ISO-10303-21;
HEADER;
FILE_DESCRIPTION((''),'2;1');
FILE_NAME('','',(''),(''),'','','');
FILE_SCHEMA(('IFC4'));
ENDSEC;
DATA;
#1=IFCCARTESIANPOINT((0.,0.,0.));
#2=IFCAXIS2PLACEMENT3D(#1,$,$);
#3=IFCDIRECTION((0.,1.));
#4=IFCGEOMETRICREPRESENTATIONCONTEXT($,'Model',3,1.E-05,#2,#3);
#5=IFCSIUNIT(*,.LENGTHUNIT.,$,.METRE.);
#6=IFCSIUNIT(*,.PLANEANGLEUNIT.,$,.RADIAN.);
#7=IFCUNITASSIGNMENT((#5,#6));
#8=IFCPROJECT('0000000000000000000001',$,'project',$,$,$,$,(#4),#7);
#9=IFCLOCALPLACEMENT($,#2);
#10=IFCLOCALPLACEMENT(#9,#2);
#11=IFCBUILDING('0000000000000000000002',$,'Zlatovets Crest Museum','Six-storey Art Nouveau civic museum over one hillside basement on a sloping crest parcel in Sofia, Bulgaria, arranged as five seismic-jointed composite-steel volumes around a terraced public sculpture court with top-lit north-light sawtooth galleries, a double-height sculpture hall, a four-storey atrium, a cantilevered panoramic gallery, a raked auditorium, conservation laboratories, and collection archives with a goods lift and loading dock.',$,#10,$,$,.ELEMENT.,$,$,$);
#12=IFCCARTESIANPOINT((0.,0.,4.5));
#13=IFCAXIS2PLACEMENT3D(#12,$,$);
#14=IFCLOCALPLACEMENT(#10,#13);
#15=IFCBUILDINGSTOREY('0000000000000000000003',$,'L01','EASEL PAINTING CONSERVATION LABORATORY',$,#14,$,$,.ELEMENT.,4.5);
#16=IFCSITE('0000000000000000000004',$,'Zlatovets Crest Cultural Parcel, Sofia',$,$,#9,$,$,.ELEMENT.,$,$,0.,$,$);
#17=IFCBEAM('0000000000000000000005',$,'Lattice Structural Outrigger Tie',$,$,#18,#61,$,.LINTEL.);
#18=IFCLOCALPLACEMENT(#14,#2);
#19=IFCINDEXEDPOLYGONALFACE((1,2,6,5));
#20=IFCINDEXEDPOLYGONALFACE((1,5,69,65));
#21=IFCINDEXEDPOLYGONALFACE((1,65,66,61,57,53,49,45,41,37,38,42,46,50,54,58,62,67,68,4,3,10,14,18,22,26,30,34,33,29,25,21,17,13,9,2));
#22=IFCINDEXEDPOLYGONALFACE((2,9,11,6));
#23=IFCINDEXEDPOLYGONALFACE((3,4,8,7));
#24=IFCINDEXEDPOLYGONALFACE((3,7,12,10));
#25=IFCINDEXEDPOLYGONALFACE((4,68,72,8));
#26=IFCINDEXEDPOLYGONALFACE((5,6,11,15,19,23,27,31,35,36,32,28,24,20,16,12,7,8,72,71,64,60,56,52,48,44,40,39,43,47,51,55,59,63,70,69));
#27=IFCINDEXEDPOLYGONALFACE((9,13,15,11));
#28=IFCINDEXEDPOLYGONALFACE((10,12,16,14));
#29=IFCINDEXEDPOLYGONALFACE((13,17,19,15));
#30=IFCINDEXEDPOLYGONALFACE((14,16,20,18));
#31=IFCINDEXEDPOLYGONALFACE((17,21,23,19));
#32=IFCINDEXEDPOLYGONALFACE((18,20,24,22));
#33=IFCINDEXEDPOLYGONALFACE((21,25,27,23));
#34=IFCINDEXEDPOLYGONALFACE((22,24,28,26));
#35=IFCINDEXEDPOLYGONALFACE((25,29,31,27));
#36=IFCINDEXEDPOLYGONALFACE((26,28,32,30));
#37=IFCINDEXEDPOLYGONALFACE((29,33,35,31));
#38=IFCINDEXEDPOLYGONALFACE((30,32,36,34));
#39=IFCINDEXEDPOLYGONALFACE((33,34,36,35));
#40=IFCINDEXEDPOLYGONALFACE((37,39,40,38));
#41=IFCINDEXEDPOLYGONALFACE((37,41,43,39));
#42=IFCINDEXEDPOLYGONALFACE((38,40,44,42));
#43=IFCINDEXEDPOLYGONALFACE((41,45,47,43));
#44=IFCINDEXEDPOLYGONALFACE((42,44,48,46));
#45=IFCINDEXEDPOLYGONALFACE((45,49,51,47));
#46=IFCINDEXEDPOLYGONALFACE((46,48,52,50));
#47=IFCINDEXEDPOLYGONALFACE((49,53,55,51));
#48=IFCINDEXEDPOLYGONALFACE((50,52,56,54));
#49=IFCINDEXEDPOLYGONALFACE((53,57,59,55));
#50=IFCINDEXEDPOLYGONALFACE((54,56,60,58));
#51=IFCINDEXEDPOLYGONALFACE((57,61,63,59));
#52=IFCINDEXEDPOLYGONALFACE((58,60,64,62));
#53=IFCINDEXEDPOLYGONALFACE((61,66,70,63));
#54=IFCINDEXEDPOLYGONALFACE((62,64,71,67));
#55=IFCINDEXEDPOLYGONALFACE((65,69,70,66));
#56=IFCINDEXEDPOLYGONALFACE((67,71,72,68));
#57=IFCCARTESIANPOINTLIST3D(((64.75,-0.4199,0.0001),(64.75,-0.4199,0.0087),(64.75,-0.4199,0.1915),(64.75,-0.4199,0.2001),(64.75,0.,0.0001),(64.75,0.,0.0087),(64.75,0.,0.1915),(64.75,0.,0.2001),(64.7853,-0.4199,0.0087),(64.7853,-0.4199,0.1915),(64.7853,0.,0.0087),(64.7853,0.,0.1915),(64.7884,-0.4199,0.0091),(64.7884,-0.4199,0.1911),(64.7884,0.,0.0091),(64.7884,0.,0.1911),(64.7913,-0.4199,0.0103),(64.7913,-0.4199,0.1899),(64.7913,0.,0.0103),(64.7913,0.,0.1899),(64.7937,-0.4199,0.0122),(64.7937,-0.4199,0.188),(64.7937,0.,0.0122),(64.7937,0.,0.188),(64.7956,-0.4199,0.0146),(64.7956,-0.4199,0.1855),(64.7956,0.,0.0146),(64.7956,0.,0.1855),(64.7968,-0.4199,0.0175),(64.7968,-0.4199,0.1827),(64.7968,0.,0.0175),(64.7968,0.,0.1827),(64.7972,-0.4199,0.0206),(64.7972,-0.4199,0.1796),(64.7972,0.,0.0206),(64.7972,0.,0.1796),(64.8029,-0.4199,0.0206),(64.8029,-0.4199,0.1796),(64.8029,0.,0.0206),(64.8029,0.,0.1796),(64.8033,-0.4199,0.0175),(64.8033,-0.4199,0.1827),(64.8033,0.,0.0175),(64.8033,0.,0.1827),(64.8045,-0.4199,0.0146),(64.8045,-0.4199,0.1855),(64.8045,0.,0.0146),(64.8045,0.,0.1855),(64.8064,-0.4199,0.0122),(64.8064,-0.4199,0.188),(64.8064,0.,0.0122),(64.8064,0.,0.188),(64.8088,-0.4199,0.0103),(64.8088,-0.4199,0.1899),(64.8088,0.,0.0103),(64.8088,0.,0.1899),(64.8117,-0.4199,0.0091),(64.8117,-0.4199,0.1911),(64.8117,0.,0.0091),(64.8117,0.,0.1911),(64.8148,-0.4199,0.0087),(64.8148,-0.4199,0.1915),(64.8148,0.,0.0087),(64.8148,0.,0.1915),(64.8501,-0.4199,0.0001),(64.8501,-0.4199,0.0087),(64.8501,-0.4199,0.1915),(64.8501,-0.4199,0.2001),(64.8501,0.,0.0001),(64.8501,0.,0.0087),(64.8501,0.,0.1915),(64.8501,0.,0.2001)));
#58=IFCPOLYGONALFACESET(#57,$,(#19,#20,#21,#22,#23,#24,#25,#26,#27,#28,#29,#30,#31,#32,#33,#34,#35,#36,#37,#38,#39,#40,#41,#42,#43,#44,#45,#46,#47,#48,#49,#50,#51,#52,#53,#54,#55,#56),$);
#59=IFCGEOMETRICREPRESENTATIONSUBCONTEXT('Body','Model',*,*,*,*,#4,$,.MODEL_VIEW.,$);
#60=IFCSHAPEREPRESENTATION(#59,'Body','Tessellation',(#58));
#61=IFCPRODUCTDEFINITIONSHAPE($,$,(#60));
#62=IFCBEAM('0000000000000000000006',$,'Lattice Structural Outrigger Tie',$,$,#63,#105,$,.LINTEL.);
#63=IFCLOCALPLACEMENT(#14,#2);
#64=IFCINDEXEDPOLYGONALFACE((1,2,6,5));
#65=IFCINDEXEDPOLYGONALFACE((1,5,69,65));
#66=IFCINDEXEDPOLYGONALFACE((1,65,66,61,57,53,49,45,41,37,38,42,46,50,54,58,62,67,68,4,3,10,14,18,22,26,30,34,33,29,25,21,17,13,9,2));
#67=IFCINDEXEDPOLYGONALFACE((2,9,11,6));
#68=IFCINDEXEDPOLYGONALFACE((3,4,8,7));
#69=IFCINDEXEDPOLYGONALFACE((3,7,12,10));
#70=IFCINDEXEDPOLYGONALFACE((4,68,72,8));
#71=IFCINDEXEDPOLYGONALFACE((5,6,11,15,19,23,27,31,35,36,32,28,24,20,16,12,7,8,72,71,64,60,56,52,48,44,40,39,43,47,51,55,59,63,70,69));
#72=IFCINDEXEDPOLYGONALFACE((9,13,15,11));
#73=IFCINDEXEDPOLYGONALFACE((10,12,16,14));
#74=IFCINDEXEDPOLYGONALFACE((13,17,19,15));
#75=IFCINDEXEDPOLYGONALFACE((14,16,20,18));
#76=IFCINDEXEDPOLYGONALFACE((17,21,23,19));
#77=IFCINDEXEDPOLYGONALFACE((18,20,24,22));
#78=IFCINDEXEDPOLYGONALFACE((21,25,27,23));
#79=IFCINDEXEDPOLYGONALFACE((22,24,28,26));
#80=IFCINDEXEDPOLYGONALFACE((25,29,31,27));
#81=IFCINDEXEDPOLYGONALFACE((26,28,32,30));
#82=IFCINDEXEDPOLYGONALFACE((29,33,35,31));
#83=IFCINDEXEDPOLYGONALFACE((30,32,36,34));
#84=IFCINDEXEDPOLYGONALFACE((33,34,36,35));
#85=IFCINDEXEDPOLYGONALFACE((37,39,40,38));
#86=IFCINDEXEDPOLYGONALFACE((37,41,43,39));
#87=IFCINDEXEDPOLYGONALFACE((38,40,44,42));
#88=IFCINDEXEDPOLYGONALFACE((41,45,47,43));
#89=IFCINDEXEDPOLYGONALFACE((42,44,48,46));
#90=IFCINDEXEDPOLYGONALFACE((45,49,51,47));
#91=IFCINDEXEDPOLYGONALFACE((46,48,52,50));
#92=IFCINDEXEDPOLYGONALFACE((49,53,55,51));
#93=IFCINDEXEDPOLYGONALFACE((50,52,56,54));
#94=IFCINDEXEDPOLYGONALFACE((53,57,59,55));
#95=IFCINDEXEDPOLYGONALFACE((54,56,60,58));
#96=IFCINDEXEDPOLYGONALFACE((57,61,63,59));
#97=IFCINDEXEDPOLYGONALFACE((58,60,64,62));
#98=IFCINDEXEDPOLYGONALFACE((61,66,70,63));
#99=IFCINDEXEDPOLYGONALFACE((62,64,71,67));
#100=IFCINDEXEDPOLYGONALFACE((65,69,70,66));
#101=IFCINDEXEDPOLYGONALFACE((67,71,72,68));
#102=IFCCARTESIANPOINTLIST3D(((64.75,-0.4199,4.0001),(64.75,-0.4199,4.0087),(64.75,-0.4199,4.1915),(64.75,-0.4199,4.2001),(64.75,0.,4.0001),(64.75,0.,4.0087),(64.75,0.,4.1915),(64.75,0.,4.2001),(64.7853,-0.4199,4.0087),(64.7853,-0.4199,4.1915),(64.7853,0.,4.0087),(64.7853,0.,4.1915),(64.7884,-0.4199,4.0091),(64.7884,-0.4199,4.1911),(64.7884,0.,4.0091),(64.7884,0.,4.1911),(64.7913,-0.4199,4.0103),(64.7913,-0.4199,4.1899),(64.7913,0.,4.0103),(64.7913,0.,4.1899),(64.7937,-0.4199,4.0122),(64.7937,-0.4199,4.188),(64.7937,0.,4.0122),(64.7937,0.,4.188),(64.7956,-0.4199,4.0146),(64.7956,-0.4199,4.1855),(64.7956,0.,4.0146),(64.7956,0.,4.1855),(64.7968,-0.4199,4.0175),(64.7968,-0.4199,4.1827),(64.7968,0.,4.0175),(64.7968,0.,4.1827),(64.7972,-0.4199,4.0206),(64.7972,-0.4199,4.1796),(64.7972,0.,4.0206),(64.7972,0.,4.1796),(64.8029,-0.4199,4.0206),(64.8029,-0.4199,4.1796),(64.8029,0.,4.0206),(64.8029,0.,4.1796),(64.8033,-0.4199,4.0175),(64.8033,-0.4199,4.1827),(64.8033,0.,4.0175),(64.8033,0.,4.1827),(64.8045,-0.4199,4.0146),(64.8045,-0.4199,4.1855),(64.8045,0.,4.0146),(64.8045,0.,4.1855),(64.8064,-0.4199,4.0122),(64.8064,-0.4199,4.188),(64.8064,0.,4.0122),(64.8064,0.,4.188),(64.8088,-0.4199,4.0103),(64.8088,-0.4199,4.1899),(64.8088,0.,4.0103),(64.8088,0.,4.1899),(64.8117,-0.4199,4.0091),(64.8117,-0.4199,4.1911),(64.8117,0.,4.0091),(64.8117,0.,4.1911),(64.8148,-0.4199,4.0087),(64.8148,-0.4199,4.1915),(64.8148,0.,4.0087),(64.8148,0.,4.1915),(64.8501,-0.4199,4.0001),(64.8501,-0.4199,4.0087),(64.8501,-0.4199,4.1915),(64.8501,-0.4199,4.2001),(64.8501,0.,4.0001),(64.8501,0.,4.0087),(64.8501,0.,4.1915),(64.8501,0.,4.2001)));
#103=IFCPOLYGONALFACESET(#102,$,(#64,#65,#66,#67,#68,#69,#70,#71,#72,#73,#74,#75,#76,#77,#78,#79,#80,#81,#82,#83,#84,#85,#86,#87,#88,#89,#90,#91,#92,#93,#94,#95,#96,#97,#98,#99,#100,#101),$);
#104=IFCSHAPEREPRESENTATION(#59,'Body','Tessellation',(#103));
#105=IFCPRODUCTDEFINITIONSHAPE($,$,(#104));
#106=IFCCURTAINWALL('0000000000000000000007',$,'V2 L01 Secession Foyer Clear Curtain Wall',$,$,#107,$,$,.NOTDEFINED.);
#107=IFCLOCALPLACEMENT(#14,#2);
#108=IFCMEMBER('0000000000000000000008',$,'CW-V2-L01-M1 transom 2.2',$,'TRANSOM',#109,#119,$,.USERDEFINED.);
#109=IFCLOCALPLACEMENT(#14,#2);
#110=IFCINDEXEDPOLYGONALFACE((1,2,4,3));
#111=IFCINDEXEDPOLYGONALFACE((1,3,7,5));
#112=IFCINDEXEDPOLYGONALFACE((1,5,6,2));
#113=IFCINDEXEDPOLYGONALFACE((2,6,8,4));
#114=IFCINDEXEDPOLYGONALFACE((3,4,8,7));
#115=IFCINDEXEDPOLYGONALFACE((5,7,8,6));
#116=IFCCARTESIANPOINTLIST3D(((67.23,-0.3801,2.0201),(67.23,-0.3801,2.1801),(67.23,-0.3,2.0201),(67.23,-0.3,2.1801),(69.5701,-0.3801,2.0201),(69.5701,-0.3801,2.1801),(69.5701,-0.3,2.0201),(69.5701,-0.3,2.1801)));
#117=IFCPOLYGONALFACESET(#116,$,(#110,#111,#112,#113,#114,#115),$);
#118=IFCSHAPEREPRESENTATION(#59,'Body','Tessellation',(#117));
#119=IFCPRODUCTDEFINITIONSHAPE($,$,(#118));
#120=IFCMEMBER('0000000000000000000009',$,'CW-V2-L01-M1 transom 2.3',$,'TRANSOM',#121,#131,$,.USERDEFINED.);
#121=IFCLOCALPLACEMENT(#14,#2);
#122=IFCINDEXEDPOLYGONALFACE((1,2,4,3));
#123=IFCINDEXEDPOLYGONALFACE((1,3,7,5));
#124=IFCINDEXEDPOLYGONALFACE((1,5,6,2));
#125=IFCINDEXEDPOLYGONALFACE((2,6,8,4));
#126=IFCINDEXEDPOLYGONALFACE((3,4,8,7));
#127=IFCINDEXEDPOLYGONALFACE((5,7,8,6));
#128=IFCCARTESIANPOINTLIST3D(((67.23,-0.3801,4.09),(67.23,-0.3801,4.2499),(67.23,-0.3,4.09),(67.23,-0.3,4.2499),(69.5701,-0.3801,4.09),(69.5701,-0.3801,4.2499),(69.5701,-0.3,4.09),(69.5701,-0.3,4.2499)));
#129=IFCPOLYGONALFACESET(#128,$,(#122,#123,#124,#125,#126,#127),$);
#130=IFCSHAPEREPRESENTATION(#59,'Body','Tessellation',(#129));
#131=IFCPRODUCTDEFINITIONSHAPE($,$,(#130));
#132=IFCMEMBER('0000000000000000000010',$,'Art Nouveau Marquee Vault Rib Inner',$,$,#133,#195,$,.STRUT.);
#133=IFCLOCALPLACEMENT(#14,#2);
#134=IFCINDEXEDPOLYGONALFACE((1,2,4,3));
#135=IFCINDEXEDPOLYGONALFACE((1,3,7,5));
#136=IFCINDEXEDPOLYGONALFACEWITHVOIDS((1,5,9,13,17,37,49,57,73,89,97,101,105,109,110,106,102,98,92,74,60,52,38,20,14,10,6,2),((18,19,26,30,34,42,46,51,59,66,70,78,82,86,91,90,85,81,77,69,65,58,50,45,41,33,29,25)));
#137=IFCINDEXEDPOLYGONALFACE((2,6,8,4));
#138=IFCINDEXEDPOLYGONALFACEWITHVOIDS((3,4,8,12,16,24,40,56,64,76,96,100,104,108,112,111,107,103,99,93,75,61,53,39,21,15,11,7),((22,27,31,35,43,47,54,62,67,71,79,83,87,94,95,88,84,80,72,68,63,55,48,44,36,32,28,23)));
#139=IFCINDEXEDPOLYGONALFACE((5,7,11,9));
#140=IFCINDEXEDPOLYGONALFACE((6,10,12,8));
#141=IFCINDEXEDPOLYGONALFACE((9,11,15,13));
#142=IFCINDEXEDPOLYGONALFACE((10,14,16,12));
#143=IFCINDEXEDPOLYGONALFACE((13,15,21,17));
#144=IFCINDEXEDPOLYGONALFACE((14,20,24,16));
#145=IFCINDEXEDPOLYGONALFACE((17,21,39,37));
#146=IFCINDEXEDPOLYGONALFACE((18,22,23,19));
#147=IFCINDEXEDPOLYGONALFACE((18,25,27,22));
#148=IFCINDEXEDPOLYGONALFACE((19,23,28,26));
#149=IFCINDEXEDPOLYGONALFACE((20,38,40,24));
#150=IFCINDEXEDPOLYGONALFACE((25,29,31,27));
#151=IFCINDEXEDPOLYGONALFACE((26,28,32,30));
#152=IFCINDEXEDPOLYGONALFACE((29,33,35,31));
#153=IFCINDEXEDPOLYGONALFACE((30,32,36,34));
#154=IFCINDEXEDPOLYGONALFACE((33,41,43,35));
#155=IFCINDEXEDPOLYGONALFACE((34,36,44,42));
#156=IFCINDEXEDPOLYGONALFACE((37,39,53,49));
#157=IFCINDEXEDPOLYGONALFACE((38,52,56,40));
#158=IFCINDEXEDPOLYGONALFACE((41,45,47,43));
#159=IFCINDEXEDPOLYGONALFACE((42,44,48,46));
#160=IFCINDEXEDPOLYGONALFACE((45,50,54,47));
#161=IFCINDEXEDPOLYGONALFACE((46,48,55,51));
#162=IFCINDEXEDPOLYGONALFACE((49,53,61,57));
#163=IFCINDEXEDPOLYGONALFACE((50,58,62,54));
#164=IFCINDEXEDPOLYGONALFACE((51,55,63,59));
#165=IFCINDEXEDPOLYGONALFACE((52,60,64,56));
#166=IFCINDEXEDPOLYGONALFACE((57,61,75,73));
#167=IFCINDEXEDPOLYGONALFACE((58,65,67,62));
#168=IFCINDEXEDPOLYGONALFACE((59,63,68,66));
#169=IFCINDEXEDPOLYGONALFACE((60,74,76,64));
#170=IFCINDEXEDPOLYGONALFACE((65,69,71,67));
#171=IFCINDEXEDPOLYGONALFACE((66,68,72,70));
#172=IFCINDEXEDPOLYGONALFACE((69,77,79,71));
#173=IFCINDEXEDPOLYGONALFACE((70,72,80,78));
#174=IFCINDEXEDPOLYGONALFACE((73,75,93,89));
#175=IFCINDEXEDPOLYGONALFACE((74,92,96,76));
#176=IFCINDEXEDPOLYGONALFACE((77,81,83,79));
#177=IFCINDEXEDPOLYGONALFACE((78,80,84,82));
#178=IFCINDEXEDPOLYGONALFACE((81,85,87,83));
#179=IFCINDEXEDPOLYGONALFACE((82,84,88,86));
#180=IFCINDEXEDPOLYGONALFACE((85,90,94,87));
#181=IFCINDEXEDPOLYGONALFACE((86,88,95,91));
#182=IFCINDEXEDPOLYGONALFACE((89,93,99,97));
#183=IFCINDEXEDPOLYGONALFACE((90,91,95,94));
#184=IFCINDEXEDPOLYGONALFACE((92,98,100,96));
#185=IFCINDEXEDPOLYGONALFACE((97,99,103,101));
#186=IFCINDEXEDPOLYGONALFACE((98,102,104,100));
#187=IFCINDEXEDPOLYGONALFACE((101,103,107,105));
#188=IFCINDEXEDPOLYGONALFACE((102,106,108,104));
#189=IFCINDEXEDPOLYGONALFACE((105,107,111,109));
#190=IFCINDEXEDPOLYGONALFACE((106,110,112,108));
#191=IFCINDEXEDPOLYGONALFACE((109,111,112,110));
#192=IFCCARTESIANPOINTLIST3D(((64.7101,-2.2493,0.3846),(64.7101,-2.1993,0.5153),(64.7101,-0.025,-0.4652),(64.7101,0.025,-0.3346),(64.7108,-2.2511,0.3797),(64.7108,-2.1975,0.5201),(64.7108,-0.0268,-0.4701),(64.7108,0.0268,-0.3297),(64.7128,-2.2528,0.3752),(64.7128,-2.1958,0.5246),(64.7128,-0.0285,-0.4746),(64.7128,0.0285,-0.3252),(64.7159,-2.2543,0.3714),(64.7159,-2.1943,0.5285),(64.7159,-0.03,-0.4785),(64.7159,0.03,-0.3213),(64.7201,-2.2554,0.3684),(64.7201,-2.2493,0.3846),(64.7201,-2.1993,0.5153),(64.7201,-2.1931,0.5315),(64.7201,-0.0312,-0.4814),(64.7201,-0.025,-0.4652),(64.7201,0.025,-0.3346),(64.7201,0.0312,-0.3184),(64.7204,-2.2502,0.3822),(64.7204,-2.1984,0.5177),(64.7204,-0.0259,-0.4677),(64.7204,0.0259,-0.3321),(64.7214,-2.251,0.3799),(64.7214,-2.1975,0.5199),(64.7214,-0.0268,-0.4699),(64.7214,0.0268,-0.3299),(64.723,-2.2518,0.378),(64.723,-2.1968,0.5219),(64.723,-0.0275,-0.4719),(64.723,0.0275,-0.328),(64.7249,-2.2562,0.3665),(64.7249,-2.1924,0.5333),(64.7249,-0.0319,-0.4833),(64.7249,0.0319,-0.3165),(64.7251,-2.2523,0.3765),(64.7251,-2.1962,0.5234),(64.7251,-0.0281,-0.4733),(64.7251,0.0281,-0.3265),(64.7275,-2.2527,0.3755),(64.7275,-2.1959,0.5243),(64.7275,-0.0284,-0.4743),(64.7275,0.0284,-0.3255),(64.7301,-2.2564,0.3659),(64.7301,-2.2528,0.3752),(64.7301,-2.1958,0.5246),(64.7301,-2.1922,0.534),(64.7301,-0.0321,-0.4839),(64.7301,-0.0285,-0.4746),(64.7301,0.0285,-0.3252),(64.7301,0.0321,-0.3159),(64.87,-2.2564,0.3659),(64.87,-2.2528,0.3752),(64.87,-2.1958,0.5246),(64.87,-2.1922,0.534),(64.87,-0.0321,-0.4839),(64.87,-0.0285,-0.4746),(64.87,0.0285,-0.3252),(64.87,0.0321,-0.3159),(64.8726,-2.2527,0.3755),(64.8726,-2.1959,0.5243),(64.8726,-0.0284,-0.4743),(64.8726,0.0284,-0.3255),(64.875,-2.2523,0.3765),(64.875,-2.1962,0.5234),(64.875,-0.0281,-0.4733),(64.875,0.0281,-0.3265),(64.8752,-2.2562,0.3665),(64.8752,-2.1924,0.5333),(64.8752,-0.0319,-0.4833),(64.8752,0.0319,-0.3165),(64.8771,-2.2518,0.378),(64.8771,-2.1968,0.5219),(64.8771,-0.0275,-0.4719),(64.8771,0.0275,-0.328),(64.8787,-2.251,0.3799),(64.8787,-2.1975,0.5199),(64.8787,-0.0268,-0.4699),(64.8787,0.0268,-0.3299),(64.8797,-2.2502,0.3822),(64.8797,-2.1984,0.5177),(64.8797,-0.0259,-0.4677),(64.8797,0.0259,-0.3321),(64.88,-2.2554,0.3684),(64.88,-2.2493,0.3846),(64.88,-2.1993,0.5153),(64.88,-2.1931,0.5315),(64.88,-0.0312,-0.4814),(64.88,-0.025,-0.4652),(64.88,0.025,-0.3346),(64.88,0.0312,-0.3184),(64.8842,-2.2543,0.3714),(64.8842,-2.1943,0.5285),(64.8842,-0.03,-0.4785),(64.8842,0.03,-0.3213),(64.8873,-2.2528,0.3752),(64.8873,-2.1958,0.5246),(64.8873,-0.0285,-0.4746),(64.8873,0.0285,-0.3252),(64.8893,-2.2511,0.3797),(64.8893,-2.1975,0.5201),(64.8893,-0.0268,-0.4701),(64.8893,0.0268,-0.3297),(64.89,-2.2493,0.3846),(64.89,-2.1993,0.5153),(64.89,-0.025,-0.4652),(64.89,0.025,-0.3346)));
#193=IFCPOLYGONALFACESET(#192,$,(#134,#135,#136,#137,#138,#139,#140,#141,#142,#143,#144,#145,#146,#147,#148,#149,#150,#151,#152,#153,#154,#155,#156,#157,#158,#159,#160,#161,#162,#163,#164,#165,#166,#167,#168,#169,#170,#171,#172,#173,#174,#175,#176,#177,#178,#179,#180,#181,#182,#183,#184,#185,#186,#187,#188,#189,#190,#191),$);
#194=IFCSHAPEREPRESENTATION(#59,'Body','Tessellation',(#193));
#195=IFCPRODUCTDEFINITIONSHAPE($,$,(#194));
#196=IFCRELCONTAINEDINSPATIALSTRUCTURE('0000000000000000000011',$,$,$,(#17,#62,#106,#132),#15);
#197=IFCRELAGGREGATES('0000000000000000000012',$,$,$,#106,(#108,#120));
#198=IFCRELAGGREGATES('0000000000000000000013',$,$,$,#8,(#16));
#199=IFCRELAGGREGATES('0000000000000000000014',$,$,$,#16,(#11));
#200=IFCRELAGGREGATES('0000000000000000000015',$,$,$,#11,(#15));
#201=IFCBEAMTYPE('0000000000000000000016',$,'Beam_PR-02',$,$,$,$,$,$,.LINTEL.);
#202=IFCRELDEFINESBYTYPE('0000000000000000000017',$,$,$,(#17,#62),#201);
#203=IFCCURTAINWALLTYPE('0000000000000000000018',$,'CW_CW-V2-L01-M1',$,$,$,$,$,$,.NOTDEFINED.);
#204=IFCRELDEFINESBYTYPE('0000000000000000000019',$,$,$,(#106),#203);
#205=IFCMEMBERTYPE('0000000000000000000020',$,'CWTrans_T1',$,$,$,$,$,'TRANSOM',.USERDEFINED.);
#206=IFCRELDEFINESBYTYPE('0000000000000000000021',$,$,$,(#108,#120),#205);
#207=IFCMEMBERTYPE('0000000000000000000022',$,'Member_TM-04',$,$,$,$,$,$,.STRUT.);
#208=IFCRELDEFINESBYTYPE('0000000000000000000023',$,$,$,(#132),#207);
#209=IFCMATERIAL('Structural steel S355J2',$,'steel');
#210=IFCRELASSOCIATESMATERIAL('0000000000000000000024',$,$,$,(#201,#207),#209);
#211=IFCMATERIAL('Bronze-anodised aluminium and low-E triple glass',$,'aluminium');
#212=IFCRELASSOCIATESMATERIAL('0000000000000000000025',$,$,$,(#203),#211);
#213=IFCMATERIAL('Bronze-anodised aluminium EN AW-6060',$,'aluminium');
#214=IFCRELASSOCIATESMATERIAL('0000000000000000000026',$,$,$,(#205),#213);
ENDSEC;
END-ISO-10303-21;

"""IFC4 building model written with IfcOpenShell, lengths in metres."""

from ifc_helpers import new_model, si_unit, direction, frame, origin, origin_2d, place, context, subcontext, project, spatial, rectangle, hollow_rectangle, i_section, extrude, material, material_profile, profile_set, type_object, element, aggregate, save


model = new_model("IFC4")

# Units and contexts
model_context = context("Model", 3, precision=1e-05, world=origin(), true_north=direction((0.0, 1.0)))
body_context = subcontext(model_context, "Body", "Model", "MODEL_VIEW")
ifc_project = project(units=[si_unit("LENGTHUNIT", "METRE"), si_unit("PLANEANGLEUNIT", "RADIAN")], contexts=[model_context])

# Site, building, storey
site_placement = place(None, origin())
site = spatial("IfcSite", under=ifc_project, at=site_placement, Name="Zlatovets Crest Cultural Parcel, Sofia", CompositionType="ELEMENT", RefElevation=0.0)
building_placement = place(site_placement, origin())
building = spatial("IfcBuilding", under=site, at=building_placement, Name="Zlatovets Crest Museum", Description="Six-storey Art Nouveau civic museum over one hillside basement on a sloping crest parcel in Sofia, Bulgaria, arranged as five seismic-jointed composite-steel volumes around a terraced public sculpture court with top-lit north-light sawtooth galleries, a double-height sculpture hall, a four-storey atrium, a cantilevered panoramic gallery, a raked auditorium, conservation laboratories, and collection archives with a goods lift and loading dock.", CompositionType="ELEMENT")
storey_placement = place(building_placement, frame((0.0, 0.0, 4.5)))
storey = spatial("IfcBuildingStorey", under=building, at=storey_placement, Name="L01", Description="EASEL PAINTING CONSERVATION LABORATORY", CompositionType="ELEMENT", Elevation=4.5)

# Shared definitions
ifc_material_1 = material(Name="Structural steel S355J2", Category="steel")

# Beams
ifc_material_profile_1 = material_profile(ifc_material_1, i_section(OverallWidth=0.1001, OverallDepth=0.2, WebThickness=0.0056, FlangeThickness=0.0085, FilletRadius=0.012, at=origin_2d()), Name="IPE 200")
ifc_profile_set_1 = profile_set([ifc_material_profile_1], Name="Structural steel S355J2")
beam_type_1 = type_object("IfcBeamType", Name="Beam_PR-02", PredefinedType="LINTEL", material=ifc_profile_set_1)
for number, where, z_axis, x_axis, name in (
    (1, (64.8, 0.0, 0.1001), (0.0, -1.0, 0.0), (1.0, 0.0, 0.0), "Lattice Structural Outrigger Tie"),
    (2, (64.8, 0.0, 4.1001), (0.0, -1.0, 0.0), (1.0, 0.0, 0.0), "Lattice Structural Outrigger Tie"),
):
    element("IfcBeam", number, at=place(storey_placement, frame(where, z_axis=z_axis, x_axis=x_axis)), inside=storey, type_object=beam_type_1, Name=name, PredefinedType="LINTEL", context=body_context, shape_type="SweptSolid", body=[
        extrude(i_section(OverallWidth=0.1001, OverallDepth=0.2, WebThickness=0.0056, FlangeThickness=0.0085, FilletRadius=0.012, at=origin_2d()), origin(), (0.0, 0.0, 1.0), 0.4199),
    ])

# Curtain wall, members
ifc_material_2 = material(Name="Bronze-anodised aluminium and low-E triple glass", Category="aluminium")
curtain_wall_type = type_object("IfcCurtainWallType", Name="CW_CW-V2-L01-M1", PredefinedType="NOTDEFINED", material=ifc_material_2)
curtain_wall_placement = place(storey_placement, origin())
curtain_wall = element("IfcCurtainWall", 3, at=curtain_wall_placement, inside=storey, type_object=curtain_wall_type, Name="V2 L01 Secession Foyer Clear Curtain Wall", PredefinedType="NOTDEFINED")
ifc_material_3 = material(Name="Bronze-anodised aluminium EN AW-6060", Category="aluminium")
ifc_material_profile_2 = material_profile(ifc_material_3, rectangle(XDim=0.0801, YDim=0.1599, at=origin_2d()), Name="ALU 80x160")
ifc_profile_set_2 = profile_set([ifc_material_profile_2], Name="Bronze-anodised aluminium EN AW-6060")
member_type_1 = type_object("IfcMemberType", Name="CWTrans_T1", ElementType="TRANSOM", PredefinedType="USERDEFINED", material=ifc_profile_set_2)
member_1_placement = place(storey_placement, frame((67.23, -0.3401, 2.1001), z_axis=(1.0, 0.0, 0.0), x_axis=(0.0, 1.0, 0.0)))
member_1 = element("IfcMember", 4, at=member_1_placement, type_object=member_type_1, Name="CW-V2-L01-M1 transom 2.2", ObjectType="TRANSOM", PredefinedType="USERDEFINED", context=body_context, shape_type="SweptSolid", body=[
    extrude(rectangle(XDim=0.0801, YDim=0.1599, at=origin_2d()), origin(), (0.0, 0.0, 1.0), 2.3401),
])
member_2_placement = place(storey_placement, frame((67.23, -0.3401, 4.1699), z_axis=(1.0, 0.0, 0.0), x_axis=(0.0, 1.0, 0.0)))
member_2 = element("IfcMember", 5, at=member_2_placement, type_object=member_type_1, Name="CW-V2-L01-M1 transom 2.3", ObjectType="TRANSOM", PredefinedType="USERDEFINED", context=body_context, shape_type="SweptSolid", body=[
    extrude(rectangle(XDim=0.0801, YDim=0.1599, at=origin_2d()), origin(), (0.0, 0.0, 1.0), 2.3401),
])
aggregate(curtain_wall, [member_1, member_2])

# Member
ifc_material_profile_3 = material_profile(ifc_material_1, hollow_rectangle(XDim=0.1799, YDim=0.1799, WallThickness=0.01, InnerFilletRadius=0.01, OuterFilletRadius=0.02, at=origin_2d()), Name="SHS 180x180x10.0")
ifc_profile_set_3 = profile_set([ifc_material_profile_3], Name="Structural steel S355J2")
member_type_2 = type_object("IfcMemberType", Name="Member_TM-04", PredefinedType="STRUT", material=ifc_profile_set_3)
member_3_placement = place(storey_placement, frame((64.8, 0.0, -0.3999), z_axis=(0.0, -0.934141, 0.356903), x_axis=(1.0, 0.0, 0.0)))
element("IfcMember", 6, at=member_3_placement, inside=storey, type_object=member_type_2, Name="Art Nouveau Marquee Vault Rib Inner", PredefinedType="STRUT", context=body_context, shape_type="SweptSolid", body=[
    extrude(hollow_rectangle(XDim=0.1799, YDim=0.1799, WallThickness=0.01, InnerFilletRadius=0.01, OuterFilletRadius=0.02, at=origin_2d()), origin(), (0.0, 0.0, 1.0), 2.3811),
])

save(model, "model.ifc")
